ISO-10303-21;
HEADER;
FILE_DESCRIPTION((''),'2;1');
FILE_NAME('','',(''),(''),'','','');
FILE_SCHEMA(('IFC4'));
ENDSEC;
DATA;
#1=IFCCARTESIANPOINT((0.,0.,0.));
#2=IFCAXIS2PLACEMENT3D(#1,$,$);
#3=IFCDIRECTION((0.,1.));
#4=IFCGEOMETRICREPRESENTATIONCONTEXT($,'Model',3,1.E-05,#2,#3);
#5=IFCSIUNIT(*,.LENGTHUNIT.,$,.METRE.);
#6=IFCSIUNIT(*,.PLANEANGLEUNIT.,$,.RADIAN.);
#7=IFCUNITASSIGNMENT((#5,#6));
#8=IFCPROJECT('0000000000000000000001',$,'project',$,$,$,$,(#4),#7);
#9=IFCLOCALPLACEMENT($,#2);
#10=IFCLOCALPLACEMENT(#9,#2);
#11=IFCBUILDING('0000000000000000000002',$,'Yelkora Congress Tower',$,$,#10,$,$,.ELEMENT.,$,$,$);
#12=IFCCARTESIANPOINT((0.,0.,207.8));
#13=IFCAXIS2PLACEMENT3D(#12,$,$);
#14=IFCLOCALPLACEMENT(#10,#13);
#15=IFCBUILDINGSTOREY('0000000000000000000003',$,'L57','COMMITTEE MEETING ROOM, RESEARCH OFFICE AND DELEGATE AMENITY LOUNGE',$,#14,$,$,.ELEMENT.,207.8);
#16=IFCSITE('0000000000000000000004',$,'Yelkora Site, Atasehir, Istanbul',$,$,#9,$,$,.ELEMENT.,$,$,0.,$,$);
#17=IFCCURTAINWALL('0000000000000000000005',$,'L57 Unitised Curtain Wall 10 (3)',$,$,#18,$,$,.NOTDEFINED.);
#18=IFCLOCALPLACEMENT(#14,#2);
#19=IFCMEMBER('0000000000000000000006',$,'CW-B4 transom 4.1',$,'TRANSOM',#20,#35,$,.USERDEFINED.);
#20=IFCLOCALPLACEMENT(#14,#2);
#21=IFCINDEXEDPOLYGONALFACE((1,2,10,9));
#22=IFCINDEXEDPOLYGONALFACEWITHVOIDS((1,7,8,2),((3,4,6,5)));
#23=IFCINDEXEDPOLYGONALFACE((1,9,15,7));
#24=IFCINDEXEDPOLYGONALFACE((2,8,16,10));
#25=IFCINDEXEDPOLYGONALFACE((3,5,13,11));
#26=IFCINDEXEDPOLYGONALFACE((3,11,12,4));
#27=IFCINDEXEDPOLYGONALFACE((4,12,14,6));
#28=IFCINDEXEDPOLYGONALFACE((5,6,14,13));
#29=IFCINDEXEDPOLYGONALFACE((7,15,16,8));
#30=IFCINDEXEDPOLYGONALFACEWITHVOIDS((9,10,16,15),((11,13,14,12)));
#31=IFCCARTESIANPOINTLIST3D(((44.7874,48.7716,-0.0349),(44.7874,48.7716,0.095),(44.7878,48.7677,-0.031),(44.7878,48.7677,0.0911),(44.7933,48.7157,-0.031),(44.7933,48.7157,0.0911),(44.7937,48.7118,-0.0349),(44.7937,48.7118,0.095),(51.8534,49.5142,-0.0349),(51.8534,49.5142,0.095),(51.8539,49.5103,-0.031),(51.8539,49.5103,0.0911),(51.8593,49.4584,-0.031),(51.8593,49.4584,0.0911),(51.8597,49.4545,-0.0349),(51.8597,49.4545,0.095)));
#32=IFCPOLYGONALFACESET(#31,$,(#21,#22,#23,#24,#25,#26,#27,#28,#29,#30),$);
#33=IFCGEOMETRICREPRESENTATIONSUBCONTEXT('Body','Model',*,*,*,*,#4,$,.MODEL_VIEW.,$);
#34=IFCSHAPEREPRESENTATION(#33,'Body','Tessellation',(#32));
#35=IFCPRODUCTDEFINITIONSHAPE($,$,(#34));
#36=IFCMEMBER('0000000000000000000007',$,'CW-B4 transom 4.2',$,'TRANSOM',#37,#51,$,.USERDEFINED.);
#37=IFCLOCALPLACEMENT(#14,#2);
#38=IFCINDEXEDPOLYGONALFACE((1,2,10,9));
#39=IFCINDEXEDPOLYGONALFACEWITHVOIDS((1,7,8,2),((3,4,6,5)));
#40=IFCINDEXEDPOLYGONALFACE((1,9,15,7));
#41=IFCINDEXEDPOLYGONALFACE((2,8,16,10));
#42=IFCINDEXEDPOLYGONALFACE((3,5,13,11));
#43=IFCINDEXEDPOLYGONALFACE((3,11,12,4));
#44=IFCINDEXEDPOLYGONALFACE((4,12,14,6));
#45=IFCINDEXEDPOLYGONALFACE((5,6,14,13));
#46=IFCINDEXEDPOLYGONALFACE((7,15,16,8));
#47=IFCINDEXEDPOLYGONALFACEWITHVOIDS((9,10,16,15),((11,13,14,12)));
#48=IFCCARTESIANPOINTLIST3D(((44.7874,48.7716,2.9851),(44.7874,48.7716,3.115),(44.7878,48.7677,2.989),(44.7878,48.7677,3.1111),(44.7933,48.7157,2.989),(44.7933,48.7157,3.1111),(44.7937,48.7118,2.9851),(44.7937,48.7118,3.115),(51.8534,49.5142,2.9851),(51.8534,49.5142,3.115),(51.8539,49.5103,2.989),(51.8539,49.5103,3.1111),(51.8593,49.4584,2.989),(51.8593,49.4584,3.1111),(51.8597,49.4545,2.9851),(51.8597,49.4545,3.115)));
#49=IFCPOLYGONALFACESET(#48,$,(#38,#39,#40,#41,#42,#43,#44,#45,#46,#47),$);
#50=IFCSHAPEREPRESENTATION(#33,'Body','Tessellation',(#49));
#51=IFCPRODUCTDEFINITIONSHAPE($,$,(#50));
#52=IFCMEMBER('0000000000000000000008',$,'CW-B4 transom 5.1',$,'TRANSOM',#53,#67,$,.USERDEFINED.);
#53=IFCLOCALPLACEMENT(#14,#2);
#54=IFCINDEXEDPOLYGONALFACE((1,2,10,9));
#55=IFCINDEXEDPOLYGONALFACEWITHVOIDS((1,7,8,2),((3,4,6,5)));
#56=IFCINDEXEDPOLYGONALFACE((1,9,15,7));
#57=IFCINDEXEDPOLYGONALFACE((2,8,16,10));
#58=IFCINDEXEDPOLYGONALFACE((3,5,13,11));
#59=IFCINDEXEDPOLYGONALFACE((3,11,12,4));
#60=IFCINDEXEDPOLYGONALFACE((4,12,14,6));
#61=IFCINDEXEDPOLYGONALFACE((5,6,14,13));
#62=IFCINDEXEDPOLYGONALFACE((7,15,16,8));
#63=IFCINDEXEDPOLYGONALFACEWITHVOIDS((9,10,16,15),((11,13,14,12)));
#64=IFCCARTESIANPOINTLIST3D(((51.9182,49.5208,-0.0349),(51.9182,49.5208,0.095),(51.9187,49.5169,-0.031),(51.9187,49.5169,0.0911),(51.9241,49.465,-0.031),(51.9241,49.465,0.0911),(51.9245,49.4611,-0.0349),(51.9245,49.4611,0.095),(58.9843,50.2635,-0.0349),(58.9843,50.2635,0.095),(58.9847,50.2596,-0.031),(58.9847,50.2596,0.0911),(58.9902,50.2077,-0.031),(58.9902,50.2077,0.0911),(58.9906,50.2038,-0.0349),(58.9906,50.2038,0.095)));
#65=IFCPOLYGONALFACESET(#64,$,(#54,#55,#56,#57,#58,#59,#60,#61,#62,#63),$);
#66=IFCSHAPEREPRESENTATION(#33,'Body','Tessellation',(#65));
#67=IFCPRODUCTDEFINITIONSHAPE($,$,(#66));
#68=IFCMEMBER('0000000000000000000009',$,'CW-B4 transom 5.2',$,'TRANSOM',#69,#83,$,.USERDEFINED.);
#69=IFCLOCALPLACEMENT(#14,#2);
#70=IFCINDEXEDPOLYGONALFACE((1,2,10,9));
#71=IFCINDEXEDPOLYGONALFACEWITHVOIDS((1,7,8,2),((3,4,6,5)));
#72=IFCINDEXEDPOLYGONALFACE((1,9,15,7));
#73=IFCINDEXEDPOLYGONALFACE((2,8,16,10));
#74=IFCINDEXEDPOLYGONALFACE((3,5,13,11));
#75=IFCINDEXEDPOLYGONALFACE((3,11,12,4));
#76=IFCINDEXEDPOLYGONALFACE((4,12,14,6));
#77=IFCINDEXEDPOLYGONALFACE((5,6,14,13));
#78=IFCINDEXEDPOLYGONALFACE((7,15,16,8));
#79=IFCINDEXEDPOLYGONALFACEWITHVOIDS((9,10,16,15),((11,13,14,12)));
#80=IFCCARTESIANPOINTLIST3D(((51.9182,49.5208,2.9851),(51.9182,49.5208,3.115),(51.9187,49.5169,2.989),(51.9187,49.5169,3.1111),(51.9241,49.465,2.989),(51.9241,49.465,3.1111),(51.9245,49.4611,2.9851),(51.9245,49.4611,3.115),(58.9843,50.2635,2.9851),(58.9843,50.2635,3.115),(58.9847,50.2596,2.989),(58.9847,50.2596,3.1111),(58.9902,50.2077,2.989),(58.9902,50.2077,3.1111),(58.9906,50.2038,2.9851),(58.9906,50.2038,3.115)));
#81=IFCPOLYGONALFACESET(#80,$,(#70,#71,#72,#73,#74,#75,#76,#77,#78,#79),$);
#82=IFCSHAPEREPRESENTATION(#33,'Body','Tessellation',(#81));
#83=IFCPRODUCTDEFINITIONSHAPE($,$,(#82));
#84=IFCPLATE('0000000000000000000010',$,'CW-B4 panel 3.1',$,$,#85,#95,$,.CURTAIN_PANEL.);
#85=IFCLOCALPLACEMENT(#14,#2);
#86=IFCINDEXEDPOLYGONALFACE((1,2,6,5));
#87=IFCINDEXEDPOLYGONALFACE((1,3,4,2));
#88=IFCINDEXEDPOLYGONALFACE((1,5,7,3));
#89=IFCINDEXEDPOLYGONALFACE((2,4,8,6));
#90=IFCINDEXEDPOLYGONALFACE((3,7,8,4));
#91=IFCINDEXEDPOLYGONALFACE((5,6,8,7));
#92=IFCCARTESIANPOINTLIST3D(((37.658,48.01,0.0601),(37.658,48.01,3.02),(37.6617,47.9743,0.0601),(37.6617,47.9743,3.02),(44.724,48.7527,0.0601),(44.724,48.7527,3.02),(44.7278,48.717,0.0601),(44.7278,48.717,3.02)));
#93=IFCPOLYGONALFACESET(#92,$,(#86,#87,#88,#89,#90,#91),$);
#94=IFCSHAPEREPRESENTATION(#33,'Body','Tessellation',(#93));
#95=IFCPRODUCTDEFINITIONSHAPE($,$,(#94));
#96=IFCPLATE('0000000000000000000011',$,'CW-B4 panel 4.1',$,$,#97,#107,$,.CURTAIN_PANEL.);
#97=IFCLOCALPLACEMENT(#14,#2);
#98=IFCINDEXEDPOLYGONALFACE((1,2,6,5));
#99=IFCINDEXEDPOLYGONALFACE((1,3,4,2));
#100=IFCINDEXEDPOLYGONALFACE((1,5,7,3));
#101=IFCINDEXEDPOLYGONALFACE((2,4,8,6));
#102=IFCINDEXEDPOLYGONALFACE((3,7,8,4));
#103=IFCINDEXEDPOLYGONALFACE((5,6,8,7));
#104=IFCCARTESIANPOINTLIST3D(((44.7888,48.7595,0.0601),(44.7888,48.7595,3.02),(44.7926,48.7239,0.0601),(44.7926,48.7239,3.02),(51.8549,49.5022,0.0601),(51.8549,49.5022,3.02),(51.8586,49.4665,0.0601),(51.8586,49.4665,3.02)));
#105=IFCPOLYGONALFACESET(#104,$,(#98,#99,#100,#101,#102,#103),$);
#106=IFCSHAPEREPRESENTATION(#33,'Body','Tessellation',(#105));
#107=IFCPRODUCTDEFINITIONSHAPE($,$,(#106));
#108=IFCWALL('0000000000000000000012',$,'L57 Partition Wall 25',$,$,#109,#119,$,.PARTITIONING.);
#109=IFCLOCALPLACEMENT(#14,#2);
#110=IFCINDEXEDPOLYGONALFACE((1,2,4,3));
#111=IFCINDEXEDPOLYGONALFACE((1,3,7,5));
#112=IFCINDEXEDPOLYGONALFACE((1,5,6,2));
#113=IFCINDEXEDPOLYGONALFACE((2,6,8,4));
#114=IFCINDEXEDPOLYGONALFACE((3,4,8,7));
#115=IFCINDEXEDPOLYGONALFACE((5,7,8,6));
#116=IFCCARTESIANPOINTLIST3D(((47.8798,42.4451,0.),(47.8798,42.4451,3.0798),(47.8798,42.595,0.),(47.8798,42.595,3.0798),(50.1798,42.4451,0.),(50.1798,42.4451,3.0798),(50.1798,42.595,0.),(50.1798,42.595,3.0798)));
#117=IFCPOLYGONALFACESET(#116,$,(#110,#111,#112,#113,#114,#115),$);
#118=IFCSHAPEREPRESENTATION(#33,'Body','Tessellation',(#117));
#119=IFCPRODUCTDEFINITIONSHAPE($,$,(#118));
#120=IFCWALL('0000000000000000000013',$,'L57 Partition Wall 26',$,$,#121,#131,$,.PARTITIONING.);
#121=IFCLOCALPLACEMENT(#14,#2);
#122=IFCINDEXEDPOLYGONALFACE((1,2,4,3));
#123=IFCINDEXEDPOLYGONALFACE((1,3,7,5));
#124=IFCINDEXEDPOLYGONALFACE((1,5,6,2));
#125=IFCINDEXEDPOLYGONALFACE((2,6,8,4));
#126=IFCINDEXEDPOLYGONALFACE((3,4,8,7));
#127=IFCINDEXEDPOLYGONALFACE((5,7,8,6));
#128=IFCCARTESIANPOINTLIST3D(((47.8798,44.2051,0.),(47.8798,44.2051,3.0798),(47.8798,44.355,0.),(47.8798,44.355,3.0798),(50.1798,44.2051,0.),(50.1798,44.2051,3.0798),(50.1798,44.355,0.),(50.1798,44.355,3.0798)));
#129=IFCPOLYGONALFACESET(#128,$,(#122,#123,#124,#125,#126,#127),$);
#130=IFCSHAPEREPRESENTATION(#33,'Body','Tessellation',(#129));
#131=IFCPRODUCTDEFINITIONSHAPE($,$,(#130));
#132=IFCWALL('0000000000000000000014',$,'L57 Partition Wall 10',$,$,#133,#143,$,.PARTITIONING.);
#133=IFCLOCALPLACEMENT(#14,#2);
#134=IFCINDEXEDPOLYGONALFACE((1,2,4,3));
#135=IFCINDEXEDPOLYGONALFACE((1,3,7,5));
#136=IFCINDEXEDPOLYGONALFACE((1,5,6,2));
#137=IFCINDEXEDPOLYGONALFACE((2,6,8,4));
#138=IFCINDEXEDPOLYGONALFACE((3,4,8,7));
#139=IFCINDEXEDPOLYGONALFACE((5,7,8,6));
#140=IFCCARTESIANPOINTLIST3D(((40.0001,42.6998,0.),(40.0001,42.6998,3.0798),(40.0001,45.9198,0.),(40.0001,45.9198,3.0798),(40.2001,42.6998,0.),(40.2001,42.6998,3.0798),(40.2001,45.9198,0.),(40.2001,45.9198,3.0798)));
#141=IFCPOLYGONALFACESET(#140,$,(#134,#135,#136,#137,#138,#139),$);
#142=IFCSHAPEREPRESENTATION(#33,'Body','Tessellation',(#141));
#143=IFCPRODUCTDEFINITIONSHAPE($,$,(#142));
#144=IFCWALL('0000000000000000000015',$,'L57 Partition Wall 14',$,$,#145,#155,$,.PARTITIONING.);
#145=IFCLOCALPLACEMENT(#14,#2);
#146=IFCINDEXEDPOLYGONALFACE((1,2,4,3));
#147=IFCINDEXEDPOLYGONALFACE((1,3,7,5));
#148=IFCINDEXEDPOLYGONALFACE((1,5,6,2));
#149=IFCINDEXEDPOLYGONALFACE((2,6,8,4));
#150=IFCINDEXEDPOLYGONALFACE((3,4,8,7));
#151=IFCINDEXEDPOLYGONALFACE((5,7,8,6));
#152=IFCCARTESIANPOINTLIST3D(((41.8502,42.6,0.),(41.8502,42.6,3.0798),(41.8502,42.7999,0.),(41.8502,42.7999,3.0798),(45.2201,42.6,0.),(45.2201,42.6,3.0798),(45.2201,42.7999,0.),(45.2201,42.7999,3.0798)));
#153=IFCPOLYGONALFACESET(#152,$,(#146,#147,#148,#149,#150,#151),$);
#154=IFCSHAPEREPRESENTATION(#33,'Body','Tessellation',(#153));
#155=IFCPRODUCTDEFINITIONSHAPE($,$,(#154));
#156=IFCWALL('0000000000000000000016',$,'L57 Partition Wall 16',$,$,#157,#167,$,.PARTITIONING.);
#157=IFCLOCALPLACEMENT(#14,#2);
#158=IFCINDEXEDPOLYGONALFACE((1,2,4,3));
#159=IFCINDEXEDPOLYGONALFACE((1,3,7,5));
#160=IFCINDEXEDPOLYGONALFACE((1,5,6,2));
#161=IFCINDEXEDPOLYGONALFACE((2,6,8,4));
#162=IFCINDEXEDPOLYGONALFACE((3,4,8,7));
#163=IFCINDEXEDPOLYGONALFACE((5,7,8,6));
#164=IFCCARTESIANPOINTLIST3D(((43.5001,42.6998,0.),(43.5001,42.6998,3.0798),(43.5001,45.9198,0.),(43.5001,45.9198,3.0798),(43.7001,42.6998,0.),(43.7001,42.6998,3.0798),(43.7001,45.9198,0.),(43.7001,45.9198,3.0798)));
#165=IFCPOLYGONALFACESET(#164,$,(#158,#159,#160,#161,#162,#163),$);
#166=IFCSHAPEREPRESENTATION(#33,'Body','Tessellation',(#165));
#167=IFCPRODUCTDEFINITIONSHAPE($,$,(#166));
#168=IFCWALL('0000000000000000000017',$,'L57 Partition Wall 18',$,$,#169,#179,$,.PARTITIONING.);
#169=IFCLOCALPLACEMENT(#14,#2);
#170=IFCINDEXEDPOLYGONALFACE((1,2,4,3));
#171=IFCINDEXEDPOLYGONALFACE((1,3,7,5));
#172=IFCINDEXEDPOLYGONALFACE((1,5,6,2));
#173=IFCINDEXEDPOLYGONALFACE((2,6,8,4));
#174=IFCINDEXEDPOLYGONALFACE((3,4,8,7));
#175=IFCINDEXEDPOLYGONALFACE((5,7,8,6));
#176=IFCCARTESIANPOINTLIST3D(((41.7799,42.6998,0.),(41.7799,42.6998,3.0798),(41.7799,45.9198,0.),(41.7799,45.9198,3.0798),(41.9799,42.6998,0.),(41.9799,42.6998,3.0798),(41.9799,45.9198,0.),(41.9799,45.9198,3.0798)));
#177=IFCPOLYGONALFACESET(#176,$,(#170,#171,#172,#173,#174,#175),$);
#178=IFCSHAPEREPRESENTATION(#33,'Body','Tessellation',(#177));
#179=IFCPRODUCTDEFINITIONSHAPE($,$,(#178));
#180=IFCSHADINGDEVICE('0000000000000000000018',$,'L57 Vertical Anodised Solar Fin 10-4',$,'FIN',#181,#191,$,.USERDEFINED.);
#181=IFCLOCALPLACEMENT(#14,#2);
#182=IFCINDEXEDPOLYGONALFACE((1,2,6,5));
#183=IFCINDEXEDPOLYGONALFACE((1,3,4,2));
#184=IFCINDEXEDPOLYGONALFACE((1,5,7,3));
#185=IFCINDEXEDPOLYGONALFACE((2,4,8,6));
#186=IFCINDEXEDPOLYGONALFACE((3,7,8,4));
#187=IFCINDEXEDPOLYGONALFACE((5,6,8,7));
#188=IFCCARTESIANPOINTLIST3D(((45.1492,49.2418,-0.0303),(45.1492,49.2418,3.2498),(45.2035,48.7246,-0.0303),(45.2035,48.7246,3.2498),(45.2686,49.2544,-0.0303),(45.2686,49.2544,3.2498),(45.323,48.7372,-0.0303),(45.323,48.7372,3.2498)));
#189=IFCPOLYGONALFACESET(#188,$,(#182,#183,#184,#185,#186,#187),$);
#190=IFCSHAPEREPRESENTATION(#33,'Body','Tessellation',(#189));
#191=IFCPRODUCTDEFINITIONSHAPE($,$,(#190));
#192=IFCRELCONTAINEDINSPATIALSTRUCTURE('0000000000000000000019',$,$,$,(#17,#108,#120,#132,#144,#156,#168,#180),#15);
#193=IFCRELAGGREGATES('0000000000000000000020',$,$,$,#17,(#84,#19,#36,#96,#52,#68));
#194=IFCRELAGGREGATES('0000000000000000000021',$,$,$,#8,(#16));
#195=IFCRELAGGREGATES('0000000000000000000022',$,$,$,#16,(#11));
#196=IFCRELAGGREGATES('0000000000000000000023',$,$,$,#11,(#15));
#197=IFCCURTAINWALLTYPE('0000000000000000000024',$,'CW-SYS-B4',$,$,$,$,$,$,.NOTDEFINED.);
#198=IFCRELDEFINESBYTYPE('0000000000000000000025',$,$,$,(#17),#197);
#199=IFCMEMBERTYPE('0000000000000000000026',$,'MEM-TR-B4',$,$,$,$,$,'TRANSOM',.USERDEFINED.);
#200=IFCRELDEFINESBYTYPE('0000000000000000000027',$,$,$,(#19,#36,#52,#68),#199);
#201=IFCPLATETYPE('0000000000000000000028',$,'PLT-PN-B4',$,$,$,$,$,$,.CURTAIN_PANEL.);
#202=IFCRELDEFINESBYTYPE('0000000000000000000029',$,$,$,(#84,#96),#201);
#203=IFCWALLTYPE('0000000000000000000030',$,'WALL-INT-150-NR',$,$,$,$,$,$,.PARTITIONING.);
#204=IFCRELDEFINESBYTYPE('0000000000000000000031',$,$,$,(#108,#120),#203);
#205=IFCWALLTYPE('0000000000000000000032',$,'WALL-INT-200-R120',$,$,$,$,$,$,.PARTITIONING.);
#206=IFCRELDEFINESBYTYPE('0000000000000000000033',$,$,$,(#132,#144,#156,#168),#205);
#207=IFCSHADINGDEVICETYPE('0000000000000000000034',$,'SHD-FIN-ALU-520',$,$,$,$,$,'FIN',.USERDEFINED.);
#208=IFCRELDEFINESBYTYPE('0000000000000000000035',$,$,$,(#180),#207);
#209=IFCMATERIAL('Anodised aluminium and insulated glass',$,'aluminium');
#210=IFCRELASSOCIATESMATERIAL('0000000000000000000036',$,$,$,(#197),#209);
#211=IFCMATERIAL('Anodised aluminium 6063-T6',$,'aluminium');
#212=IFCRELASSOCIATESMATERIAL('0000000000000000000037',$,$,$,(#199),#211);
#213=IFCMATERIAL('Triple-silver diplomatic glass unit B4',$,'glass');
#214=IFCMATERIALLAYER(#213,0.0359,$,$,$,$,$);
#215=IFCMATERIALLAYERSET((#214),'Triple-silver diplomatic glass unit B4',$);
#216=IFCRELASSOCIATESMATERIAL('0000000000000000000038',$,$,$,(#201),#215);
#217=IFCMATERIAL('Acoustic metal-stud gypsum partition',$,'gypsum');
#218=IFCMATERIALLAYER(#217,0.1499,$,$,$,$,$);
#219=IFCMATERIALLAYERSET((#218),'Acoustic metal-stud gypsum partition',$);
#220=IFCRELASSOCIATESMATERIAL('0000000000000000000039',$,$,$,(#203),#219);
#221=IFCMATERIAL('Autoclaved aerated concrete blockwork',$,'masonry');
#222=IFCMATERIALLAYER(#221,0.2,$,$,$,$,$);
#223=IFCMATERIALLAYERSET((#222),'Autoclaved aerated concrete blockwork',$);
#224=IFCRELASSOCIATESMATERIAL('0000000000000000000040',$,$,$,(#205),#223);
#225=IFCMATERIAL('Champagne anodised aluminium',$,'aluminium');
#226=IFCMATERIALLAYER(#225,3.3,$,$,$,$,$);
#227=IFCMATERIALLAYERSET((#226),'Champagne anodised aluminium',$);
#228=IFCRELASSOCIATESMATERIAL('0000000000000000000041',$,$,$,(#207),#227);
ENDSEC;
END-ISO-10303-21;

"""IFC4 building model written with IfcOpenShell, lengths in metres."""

from ifc_helpers import new_model, si_unit, direction, frame, frame_2d, origin, origin_2d, place, context, subcontext, project, spatial, rectangle, hollow_rectangle, extrude, material, layer, layer_set, material_profile, profile_set, type_object, element, aggregate, save


model = new_model("IFC4")

# Units and contexts
model_context = context("Model", 3, precision=1e-05, world=origin(), true_north=direction((0.0, 1.0)))
body_context = subcontext(model_context, "Body", "Model", "MODEL_VIEW")
ifc_project = project(units=[si_unit("LENGTHUNIT", "METRE"), si_unit("PLANEANGLEUNIT", "RADIAN")], contexts=[model_context])

# Site, building, storey
site_placement = place(None, origin())
site = spatial("IfcSite", under=ifc_project, at=site_placement, Name="Yelkora Site, Atasehir, Istanbul", CompositionType="ELEMENT", RefElevation=0.0)
building_placement = place(site_placement, origin())
building = spatial("IfcBuilding", under=site, at=building_placement, Name="Yelkora Congress Tower", CompositionType="ELEMENT")
storey_placement = place(building_placement, frame((0.0, 0.0, 207.8)))
storey = spatial("IfcBuildingStorey", under=building, at=storey_placement, Name="L57", Description="COMMITTEE MEETING ROOM, RESEARCH OFFICE AND DELEGATE AMENITY LOUNGE", CompositionType="ELEMENT", Elevation=207.8)

# Curtain wall, members, plates
ifc_material_1 = material(Name="Anodised aluminium and insulated glass", Category="aluminium")
curtain_wall_type = type_object("IfcCurtainWallType", Name="CW-SYS-B4", PredefinedType="NOTDEFINED", material=ifc_material_1)
curtain_wall_placement = place(storey_placement, origin())
curtain_wall = element("IfcCurtainWall", 1, at=curtain_wall_placement, inside=storey, type_object=curtain_wall_type, Name="L57 Unitised Curtain Wall 10 (3)", PredefinedType="NOTDEFINED")
ifc_material_2 = material(Name="Anodised aluminium 6063-T6", Category="aluminium")
ifc_material_profile_1 = material_profile(ifc_material_2, hollow_rectangle(XDim=0.0601, YDim=0.1299, WallThickness=0.0039, at=origin_2d()), Name="ALU 60x130x4")
ifc_profile_set_1 = profile_set([ifc_material_profile_1], Name="Anodised aluminium 6063-T6")
member_type_1 = type_object("IfcMemberType", Name="MEM-TR-B4", ElementType="TRANSOM", PredefinedType="USERDEFINED", material=ifc_profile_set_1)
member_1_placement = place(storey_placement, frame((44.7905, 48.7417, 0.03), z_axis=(0.994522, 0.104527, 0.0), x_axis=(-0.104527, 0.994522, 0.0)))
member_1 = element("IfcMember", 2, at=member_1_placement, type_object=member_type_1, Name="CW-B4 transom 4.1", ObjectType="TRANSOM", PredefinedType="USERDEFINED", context=body_context, shape_type="SweptSolid", body=[
    extrude(hollow_rectangle(XDim=0.0601, YDim=0.1299, WallThickness=0.0039, at=origin_2d()), origin(), (0.0, 0.0, 1.0), 7.105),
])
member_2_placement = place(storey_placement, frame((44.7905, 48.7417, 3.05), z_axis=(0.994522, 0.104527, 0.0), x_axis=(-0.104527, 0.994522, 0.0)))
member_2 = element("IfcMember", 3, at=member_2_placement, type_object=member_type_1, Name="CW-B4 transom 4.2", ObjectType="TRANSOM", PredefinedType="USERDEFINED", context=body_context, shape_type="SweptSolid", body=[
    extrude(hollow_rectangle(XDim=0.0601, YDim=0.1299, WallThickness=0.0039, at=origin_2d()), origin(), (0.0, 0.0, 1.0), 7.105),
])
member_3_placement = place(storey_placement, frame((51.9214, 49.491, 0.03), z_axis=(0.994522, 0.104527, 0.0), x_axis=(-0.104527, 0.994522, 0.0)))
member_3 = element("IfcMember", 4, at=member_3_placement, type_object=member_type_1, Name="CW-B4 transom 5.1", ObjectType="TRANSOM", PredefinedType="USERDEFINED", context=body_context, shape_type="SweptSolid", body=[
    extrude(hollow_rectangle(XDim=0.0601, YDim=0.1299, WallThickness=0.0039, at=origin_2d()), origin(), (0.0, 0.0, 1.0), 7.105),
])
member_4_placement = place(storey_placement, frame((51.9214, 49.491, 3.05), z_axis=(0.994522, 0.104527, 0.0), x_axis=(-0.104527, 0.994522, 0.0)))
member_4 = element("IfcMember", 5, at=member_4_placement, type_object=member_type_1, Name="CW-B4 transom 5.2", ObjectType="TRANSOM", PredefinedType="USERDEFINED", context=body_context, shape_type="SweptSolid", body=[
    extrude(hollow_rectangle(XDim=0.0601, YDim=0.1299, WallThickness=0.0039, at=origin_2d()), origin(), (0.0, 0.0, 1.0), 7.105),
])
ifc_material_3 = material(Name="Triple-silver diplomatic glass unit B4", Category="glass")
ifc_layer_1 = layer(ifc_material_3, 0.0359)
ifc_layer_set_1 = layer_set([ifc_layer_1], Name="Triple-silver diplomatic glass unit B4")
plate_type = type_object("IfcPlateType", Name="PLT-PN-B4", PredefinedType="CURTAIN_PANEL", material=ifc_layer_set_1)
plate_1_placement = place(storey_placement, frame((41.1929, 48.3635, 0.0601), z_axis=(0.0, 0.0, 1.0), x_axis=(0.994522, 0.104528, 0.0)))
plate_1 = element("IfcPlate", 6, at=plate_1_placement, type_object=plate_type, Name="CW-B4 panel 3.1", PredefinedType="CURTAIN_PANEL", context=body_context, shape_type="SweptSolid", body=[
    extrude(rectangle(XDim=7.105, YDim=0.0359, at=origin_2d()), origin(), (0.0, 0.0, 1.0), 2.96),
])
plate_2_placement = place(storey_placement, frame((48.3237, 49.113, 0.0601), z_axis=(0.0, 0.0, 1.0), x_axis=(0.994522, 0.104528, 0.0)))
plate_2 = element("IfcPlate", 7, at=plate_2_placement, type_object=plate_type, Name="CW-B4 panel 4.1", PredefinedType="CURTAIN_PANEL", context=body_context, shape_type="SweptSolid", body=[
    extrude(rectangle(XDim=7.105, YDim=0.0359, at=origin_2d()), origin(), (0.0, 0.0, 1.0), 2.96),
])
aggregate(curtain_wall, [plate_1, member_1, member_2, plate_2, member_3, member_4])

# Walls
ifc_material_4 = material(Name="Acoustic metal-stud gypsum partition", Category="gypsum")
ifc_layer_2 = layer(ifc_material_4, 0.1499)
ifc_layer_set_2 = layer_set([ifc_layer_2], Name="Acoustic metal-stud gypsum partition")
wall_type_1 = type_object("IfcWallType", Name="WALL-INT-150-NR", PredefinedType="PARTITIONING", material=ifc_layer_set_2)
for number, where, z_axis, x_axis, name in (
    (8, (47.8799, 42.52, 0.0), (0.0, 0.0, 1.0), (1.0, 0.0, 0.0), "L57 Partition Wall 25"),
    (9, (47.8799, 44.28, 0.0), (0.0, 0.0, 1.0), (1.0, 0.0, 0.0), "L57 Partition Wall 26"),
):
    element("IfcWall", number, at=place(storey_placement, frame(where, z_axis=z_axis, x_axis=x_axis)), inside=storey, type_object=wall_type_1, Name=name, PredefinedType="PARTITIONING", context=body_context, shape_type="SweptSolid", body=[
        extrude(rectangle(XDim=2.3, YDim=0.1499, at=frame_2d((1.1499, 0.0))), origin(), (0.0, 0.0, 1.0), 3.0798),
    ])
ifc_material_5 = material(Name="Autoclaved aerated concrete blockwork", Category="masonry")
ifc_layer_3 = layer(ifc_material_5, 0.2)
ifc_layer_set_3 = layer_set([ifc_layer_3], Name="Autoclaved aerated concrete blockwork")
wall_type_2 = type_object("IfcWallType", Name="WALL-INT-200-R120", PredefinedType="PARTITIONING", material=ifc_layer_set_3)
wall_1_placement = place(storey_placement, frame((40.1001, 42.7, 0.0), z_axis=(0.0, 0.0, 1.0), x_axis=(0.0, 1.0, 0.0)))
element("IfcWall", 10, at=wall_1_placement, inside=storey, type_object=wall_type_2, Name="L57 Partition Wall 10", PredefinedType="PARTITIONING", context=body_context, shape_type="SweptSolid", body=[
    extrude(rectangle(XDim=3.22, YDim=0.2, at=frame_2d((1.6099, 0.0))), origin(), (0.0, 0.0, 1.0), 3.0798),
])
wall_2_placement = place(storey_placement, frame((41.8501, 42.7, 0.0), z_axis=(0.0, 0.0, 1.0), x_axis=(1.0, 0.0, 0.0)))
element("IfcWall", 11, at=wall_2_placement, inside=storey, type_object=wall_type_2, Name="L57 Partition Wall 14", PredefinedType="PARTITIONING", context=body_context, shape_type="SweptSolid", body=[
    extrude(rectangle(XDim=3.3699, YDim=0.2, at=frame_2d((1.6851, 0.0))), origin(), (0.0, 0.0, 1.0), 3.0798),
])
for number, where, z_axis, x_axis, name in (
    (12, (43.6001, 42.7, 0.0), (0.0, 0.0, 1.0), (0.0, 1.0, 0.0), "L57 Partition Wall 16"),
    (13, (41.8799, 42.7, 0.0), (0.0, 0.0, 1.0), (0.0, 1.0, 0.0), "L57 Partition Wall 18"),
):
    element("IfcWall", number, at=place(storey_placement, frame(where, z_axis=z_axis, x_axis=x_axis)), inside=storey, type_object=wall_type_2, Name=name, PredefinedType="PARTITIONING", context=body_context, shape_type="SweptSolid", body=[
        extrude(rectangle(XDim=3.22, YDim=0.2, at=frame_2d((1.6099, 0.0))), origin(), (0.0, 0.0, 1.0), 3.0798),
    ])

# Shading device
ifc_material_6 = material(Name="Champagne anodised aluminium", Category="aluminium")
ifc_layer_4 = layer(ifc_material_6, 3.3)
ifc_layer_set_4 = layer_set([ifc_layer_4], Name="Champagne anodised aluminium")
shading_device_type = type_object("IfcShadingDeviceType", Name="SHD-FIN-ALU-520", ElementType="FIN", PredefinedType="USERDEFINED", material=ifc_layer_set_4)
shading_device_placement = place(storey_placement, frame((45.2361, 48.9895, -0.0303), z_axis=(0.0, 0.0, 1.0), x_axis=(0.994522, 0.104528, 0.0)))
element("IfcShadingDevice", 14, at=shading_device_placement, inside=storey, type_object=shading_device_type, Name="L57 Vertical Anodised Solar Fin 10-4", ObjectType="FIN", PredefinedType="USERDEFINED", context=body_context, shape_type="SweptSolid", body=[
    extrude(rectangle(XDim=0.1201, YDim=0.52, at=origin_2d()), origin(), (0.0, 0.0, 1.0), 3.28),
])

save(model, "model.ifc")
